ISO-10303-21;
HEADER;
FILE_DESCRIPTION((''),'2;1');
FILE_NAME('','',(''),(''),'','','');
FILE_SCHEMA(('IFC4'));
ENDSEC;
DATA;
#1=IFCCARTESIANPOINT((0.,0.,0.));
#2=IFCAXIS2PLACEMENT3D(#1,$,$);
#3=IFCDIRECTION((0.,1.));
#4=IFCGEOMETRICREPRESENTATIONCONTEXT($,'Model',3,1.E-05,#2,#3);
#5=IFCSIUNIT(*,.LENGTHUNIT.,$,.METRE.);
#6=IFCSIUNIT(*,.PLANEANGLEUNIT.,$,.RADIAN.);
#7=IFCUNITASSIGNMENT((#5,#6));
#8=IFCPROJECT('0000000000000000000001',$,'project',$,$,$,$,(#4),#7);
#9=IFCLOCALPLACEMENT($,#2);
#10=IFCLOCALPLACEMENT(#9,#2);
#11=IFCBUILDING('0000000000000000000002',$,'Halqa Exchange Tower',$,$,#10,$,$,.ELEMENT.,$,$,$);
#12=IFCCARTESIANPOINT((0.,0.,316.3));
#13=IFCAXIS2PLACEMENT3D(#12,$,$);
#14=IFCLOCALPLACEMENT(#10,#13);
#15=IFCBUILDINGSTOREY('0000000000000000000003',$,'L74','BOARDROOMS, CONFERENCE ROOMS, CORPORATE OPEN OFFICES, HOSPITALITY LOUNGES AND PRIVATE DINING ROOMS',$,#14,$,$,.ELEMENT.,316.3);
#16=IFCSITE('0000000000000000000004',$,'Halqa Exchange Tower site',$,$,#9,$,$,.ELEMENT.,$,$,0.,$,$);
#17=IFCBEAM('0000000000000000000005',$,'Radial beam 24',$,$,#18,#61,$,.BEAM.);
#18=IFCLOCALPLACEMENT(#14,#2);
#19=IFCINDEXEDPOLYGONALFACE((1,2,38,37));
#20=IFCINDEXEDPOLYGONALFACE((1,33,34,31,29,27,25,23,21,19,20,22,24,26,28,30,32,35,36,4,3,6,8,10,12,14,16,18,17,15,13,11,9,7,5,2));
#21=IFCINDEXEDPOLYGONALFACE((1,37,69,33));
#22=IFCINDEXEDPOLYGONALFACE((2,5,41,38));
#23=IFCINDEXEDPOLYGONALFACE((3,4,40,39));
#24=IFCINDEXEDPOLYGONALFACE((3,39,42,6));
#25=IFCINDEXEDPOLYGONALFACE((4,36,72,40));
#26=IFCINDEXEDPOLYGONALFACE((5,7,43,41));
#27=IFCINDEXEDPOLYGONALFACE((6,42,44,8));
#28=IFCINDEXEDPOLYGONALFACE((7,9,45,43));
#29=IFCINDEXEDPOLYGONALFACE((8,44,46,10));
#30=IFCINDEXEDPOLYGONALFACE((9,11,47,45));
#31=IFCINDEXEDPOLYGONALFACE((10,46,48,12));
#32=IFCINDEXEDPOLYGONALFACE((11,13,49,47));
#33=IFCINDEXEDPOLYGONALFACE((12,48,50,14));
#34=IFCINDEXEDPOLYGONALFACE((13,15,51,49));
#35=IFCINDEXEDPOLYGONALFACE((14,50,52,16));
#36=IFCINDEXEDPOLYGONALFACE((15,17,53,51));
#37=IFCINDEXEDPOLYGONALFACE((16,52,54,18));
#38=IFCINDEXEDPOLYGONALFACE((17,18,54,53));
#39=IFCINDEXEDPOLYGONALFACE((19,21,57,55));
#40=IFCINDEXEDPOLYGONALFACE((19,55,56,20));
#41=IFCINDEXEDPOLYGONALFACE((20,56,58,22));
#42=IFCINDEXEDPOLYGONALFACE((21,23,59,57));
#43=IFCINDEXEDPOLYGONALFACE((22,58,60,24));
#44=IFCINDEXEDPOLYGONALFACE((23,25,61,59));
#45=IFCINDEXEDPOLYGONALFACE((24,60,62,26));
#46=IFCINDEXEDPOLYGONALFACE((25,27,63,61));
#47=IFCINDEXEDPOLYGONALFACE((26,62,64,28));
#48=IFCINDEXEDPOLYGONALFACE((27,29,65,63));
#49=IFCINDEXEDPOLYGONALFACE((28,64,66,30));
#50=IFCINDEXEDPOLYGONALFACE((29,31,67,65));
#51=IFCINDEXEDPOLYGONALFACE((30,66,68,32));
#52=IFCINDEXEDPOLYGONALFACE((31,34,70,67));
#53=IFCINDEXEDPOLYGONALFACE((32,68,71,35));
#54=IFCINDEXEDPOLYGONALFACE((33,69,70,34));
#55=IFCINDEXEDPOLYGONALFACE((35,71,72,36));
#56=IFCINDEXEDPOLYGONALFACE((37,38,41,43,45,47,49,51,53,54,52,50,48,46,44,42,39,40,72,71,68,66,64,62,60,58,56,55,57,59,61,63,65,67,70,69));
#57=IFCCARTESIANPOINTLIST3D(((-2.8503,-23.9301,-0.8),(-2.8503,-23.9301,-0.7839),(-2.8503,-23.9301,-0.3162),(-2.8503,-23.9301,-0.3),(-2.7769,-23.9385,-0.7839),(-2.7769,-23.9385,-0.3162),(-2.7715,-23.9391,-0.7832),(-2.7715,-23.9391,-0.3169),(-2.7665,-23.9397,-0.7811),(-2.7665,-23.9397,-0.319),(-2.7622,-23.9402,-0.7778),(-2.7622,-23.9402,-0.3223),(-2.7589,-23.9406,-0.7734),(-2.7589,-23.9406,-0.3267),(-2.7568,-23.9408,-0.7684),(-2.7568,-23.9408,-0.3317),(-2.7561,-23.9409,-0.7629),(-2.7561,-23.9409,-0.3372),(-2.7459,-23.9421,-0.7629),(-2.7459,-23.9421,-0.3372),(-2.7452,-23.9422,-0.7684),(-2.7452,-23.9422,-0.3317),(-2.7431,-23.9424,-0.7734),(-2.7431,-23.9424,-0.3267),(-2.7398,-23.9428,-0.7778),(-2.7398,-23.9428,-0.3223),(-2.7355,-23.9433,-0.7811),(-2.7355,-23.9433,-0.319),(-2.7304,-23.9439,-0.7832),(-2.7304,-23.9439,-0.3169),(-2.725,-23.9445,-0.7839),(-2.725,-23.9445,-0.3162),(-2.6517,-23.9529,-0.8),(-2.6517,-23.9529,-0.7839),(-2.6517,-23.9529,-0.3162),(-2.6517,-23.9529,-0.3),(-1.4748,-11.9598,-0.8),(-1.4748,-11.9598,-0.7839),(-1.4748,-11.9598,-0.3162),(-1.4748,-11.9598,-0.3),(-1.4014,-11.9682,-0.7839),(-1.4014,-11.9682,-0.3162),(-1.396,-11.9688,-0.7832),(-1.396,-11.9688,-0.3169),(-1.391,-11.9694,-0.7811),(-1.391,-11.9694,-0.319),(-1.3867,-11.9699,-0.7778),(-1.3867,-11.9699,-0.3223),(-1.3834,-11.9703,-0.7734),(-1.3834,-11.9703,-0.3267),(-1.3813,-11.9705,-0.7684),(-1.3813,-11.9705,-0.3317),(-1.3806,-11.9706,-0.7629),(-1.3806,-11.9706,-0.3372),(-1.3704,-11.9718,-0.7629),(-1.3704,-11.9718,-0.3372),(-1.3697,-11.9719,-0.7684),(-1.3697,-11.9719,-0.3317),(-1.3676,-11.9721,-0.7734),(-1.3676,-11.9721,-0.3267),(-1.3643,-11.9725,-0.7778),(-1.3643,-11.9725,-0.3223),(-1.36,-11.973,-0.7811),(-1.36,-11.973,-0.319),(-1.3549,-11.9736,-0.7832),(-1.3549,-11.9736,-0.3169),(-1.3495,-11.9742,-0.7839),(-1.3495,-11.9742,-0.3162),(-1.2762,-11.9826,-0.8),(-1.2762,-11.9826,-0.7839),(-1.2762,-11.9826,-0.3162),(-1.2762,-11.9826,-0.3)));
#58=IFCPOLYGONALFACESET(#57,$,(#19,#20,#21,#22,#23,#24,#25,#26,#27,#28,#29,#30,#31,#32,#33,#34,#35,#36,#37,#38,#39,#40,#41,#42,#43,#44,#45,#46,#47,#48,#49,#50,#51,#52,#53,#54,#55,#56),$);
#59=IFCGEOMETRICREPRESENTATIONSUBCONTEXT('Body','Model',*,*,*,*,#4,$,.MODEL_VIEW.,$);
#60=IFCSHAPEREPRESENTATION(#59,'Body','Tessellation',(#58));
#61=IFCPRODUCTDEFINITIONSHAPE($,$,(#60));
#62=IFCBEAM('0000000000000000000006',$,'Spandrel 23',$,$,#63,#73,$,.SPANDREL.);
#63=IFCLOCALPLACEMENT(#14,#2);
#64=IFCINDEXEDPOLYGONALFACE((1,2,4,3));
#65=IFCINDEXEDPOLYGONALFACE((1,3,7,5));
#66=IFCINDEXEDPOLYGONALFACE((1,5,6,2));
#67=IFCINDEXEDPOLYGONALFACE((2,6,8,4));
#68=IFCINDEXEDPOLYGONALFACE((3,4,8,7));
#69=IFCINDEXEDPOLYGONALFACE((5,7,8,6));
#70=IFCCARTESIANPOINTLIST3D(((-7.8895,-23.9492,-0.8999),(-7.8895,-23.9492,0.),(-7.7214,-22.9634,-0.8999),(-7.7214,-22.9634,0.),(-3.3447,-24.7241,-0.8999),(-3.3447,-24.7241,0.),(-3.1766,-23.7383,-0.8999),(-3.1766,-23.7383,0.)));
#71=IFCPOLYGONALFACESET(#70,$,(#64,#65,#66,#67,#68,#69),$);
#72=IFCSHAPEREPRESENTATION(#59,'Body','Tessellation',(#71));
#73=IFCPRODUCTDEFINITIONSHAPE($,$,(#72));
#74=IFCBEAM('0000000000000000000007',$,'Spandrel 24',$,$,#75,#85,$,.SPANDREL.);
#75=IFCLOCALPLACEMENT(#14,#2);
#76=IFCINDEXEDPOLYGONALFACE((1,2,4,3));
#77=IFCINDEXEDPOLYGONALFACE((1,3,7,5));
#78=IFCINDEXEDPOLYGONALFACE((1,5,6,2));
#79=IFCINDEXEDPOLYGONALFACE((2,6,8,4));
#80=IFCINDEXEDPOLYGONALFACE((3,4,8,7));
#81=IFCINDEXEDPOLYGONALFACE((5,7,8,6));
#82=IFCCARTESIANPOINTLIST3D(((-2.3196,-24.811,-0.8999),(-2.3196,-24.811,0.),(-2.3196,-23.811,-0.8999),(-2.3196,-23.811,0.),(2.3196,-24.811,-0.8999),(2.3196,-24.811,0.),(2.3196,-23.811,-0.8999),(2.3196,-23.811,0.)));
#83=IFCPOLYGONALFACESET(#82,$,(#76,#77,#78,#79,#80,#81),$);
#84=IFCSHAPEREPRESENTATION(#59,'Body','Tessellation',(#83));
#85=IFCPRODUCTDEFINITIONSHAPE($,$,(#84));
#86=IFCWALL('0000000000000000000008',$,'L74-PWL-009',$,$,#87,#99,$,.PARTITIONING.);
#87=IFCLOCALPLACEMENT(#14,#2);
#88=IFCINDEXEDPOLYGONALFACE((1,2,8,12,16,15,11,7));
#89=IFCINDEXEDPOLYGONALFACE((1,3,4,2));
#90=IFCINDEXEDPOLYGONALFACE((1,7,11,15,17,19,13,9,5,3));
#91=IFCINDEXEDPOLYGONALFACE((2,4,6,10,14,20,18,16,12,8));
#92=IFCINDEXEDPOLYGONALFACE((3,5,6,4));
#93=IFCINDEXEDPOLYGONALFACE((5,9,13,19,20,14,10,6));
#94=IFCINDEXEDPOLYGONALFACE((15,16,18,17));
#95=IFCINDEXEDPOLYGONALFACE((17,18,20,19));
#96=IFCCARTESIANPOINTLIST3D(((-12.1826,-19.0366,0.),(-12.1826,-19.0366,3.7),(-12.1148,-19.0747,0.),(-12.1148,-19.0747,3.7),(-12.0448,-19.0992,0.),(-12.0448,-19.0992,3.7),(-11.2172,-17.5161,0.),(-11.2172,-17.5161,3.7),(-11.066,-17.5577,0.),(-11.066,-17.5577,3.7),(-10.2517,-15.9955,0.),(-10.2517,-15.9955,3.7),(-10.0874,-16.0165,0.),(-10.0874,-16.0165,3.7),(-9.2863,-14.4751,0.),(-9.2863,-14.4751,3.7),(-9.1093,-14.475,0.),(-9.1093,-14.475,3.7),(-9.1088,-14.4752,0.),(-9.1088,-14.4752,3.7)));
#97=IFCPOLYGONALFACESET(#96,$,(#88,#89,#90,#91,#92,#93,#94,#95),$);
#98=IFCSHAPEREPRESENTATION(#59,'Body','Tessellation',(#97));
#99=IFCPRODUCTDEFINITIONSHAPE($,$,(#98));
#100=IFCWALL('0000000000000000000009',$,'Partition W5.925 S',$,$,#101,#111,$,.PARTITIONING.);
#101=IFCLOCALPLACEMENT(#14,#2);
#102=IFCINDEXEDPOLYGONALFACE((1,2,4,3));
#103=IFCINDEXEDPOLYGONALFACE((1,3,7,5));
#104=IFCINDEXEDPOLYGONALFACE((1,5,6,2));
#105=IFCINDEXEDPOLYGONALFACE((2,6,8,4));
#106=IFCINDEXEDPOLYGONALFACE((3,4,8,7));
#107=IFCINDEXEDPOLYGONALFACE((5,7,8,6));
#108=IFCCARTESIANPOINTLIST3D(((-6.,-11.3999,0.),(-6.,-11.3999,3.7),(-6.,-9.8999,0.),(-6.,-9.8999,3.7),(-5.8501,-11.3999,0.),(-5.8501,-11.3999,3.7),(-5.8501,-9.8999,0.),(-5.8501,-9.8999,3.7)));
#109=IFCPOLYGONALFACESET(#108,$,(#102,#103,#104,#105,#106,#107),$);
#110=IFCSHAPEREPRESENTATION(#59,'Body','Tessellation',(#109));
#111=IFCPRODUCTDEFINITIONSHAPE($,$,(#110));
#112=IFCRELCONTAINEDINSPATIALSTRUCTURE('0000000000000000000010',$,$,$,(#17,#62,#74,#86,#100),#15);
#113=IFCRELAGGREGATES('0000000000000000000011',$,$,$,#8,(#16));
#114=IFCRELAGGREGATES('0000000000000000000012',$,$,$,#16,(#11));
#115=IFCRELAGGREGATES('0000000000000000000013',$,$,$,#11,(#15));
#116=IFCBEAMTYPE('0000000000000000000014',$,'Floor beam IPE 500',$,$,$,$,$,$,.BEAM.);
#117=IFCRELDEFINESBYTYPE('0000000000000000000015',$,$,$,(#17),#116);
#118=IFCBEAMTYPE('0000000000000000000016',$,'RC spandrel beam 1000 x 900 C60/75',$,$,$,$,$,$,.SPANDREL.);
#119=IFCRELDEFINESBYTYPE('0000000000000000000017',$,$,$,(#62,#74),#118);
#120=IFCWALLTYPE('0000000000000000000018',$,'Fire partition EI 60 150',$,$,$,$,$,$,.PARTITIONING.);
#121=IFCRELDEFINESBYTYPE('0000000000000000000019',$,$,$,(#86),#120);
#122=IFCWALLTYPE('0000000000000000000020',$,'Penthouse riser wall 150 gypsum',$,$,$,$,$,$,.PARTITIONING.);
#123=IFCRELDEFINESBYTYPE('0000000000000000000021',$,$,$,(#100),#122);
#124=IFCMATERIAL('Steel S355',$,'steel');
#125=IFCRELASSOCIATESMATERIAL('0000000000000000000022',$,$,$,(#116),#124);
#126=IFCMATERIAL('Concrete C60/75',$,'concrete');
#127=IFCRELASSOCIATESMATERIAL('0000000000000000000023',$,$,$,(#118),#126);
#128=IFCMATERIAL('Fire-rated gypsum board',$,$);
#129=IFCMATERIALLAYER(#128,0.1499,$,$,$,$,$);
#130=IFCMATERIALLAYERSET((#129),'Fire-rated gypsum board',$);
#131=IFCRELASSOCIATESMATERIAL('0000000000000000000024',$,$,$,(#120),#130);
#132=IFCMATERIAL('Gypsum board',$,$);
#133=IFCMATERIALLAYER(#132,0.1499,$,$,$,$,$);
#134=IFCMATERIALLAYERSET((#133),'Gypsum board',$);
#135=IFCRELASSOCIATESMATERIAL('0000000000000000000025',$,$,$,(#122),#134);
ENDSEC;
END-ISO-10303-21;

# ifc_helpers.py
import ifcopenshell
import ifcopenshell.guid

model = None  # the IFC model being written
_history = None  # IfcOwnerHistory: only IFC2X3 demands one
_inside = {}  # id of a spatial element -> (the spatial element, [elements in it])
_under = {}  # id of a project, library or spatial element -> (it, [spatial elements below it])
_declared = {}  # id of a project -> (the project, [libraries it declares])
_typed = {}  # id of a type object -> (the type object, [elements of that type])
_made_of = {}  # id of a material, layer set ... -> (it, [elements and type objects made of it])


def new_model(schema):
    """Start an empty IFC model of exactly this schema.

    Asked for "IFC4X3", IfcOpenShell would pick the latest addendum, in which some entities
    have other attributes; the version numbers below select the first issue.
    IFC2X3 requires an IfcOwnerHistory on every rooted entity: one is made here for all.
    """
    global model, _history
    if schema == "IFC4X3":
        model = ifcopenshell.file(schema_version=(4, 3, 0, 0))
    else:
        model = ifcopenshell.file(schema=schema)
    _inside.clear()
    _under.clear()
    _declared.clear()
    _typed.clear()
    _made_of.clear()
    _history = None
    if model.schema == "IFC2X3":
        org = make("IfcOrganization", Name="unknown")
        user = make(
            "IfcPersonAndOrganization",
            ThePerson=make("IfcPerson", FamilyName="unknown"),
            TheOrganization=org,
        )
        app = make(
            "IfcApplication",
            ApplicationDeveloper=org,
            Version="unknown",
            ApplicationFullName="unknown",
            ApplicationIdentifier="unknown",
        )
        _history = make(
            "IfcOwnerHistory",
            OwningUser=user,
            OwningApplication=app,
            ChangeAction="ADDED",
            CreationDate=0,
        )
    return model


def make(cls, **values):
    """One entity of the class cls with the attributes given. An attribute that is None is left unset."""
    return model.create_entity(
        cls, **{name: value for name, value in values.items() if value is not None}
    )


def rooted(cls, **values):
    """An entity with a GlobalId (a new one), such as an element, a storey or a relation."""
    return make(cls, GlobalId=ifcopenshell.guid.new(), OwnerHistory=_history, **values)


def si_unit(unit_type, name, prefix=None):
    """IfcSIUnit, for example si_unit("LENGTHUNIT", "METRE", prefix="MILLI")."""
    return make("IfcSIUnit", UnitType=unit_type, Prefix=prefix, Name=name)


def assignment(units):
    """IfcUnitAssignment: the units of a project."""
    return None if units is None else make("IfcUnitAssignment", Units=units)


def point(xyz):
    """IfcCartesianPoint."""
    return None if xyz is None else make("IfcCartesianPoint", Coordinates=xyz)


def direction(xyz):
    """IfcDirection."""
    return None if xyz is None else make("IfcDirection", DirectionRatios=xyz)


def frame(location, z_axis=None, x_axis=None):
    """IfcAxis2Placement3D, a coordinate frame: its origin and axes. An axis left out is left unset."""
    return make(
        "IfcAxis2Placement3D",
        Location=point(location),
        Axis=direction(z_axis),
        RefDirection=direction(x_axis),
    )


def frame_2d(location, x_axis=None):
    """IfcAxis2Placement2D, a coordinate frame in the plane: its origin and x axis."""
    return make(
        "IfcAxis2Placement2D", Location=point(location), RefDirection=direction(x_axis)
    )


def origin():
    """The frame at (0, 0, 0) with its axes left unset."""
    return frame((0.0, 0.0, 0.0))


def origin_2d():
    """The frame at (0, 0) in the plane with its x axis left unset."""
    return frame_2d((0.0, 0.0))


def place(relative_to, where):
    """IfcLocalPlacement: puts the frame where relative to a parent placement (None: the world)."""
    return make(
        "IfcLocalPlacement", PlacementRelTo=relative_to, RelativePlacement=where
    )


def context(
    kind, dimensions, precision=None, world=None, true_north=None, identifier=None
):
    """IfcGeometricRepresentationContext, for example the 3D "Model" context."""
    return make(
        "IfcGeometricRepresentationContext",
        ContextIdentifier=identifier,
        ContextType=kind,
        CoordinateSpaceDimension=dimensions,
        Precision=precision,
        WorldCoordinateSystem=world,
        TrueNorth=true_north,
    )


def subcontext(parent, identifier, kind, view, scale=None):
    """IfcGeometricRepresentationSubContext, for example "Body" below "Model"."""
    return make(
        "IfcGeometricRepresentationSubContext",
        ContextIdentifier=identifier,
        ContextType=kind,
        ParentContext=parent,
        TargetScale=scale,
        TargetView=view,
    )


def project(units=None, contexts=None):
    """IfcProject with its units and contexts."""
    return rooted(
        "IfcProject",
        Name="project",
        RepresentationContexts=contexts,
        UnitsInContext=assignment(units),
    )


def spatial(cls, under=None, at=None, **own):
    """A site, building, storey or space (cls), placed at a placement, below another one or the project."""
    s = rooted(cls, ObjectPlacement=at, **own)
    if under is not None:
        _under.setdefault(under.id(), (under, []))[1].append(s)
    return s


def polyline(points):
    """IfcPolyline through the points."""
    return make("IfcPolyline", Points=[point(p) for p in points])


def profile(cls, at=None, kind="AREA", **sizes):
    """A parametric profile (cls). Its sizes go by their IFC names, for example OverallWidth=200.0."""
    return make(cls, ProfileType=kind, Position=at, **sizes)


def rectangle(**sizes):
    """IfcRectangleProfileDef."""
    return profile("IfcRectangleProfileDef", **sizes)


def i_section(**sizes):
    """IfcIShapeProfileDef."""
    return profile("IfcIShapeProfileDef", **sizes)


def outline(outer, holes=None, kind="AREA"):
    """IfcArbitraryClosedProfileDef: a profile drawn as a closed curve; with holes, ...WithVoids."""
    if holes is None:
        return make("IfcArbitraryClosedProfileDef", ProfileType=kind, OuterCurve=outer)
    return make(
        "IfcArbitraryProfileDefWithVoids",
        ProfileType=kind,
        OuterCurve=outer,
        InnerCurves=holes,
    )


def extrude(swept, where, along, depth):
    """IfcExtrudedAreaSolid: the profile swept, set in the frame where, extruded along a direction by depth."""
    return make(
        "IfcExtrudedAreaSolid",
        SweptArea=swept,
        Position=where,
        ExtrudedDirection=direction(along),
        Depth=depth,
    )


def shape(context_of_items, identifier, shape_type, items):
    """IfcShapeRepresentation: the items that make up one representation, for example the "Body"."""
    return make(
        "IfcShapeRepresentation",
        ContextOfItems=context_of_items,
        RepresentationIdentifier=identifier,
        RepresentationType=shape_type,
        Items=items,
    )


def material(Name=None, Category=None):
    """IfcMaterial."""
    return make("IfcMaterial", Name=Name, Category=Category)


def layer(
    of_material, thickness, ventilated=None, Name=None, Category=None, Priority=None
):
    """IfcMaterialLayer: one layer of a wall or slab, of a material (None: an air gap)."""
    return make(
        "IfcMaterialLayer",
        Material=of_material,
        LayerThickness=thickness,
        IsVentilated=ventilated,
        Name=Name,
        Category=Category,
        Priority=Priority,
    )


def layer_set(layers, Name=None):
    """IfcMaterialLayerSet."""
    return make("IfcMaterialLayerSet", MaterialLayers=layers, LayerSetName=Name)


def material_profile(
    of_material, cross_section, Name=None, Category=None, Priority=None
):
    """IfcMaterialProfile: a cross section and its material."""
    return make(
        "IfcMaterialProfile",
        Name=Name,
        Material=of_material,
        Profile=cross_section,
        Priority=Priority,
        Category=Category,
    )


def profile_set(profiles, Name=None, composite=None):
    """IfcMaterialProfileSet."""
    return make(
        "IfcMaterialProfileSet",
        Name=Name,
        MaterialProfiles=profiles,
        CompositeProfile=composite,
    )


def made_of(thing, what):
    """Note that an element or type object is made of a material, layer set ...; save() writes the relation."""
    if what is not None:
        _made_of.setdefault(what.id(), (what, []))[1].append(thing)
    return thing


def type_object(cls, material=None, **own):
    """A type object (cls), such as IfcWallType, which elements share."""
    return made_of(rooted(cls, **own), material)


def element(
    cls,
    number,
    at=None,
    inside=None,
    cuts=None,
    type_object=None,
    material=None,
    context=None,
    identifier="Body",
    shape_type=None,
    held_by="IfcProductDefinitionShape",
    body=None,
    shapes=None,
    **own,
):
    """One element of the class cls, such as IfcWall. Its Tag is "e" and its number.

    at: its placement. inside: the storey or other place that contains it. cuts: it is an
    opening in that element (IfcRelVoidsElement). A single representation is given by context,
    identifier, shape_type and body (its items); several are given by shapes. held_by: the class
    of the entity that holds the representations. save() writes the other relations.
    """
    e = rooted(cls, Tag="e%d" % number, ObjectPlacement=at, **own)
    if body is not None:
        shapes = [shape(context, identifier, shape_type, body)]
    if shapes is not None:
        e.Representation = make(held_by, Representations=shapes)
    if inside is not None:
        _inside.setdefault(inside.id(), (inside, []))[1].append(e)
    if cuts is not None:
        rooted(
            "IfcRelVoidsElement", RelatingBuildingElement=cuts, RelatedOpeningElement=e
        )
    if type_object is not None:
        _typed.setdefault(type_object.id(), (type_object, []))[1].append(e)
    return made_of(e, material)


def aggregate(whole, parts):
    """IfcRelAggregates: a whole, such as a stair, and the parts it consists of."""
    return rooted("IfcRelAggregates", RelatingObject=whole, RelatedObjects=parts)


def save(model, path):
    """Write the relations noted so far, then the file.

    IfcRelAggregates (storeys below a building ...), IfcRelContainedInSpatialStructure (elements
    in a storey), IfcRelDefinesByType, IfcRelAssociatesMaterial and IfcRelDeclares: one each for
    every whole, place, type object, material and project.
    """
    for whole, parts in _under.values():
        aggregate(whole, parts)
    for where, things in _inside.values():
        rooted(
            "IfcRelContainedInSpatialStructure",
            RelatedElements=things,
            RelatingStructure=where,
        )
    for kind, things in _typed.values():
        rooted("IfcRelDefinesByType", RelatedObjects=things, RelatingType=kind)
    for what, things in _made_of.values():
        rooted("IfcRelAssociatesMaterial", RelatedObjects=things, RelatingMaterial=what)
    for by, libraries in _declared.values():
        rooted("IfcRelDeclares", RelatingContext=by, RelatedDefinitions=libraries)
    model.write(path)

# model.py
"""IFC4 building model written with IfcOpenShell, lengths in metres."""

from ifc_helpers import new_model, si_unit, direction, frame, frame_2d, origin, origin_2d, place, context, subcontext, project, spatial, polyline, rectangle, i_section, outline, extrude, material, layer, layer_set, material_profile, profile_set, type_object, element, save


model = new_model("IFC4")

# Units and contexts
model_context = context("Model", 3, precision=1e-05, world=origin(), true_north=direction((0.0, 1.0)))
body_context = subcontext(model_context, "Body", "Model", "MODEL_VIEW")
ifc_project = project(units=[si_unit("LENGTHUNIT", "METRE"), si_unit("PLANEANGLEUNIT", "RADIAN")], contexts=[model_context])

# Site, building, storey
site_placement = place(None, origin())
site = spatial("IfcSite", under=ifc_project, at=site_placement, Name="Halqa Exchange Tower site", CompositionType="ELEMENT", RefElevation=0.0)
building_placement = place(site_placement, origin())
building = spatial("IfcBuilding", under=site, at=building_placement, Name="Halqa Exchange Tower", CompositionType="ELEMENT")
storey_placement = place(building_placement, frame((0.0, 0.0, 316.3)))
storey = spatial("IfcBuildingStorey", under=building, at=storey_placement, Name="L74", Description="BOARDROOMS, CONFERENCE ROOMS, CORPORATE OPEN OFFICES, HOSPITALITY LOUNGES AND PRIVATE DINING ROOMS", CompositionType="ELEMENT", Elevation=316.3)

# Beams
ifc_material_1 = material(Name="Steel S355", Category="steel")
ifc_material_profile_1 = material_profile(ifc_material_1, i_section(OverallWidth=0.2, OverallDepth=0.5, WebThickness=0.0103, FlangeThickness=0.0161, FilletRadius=0.021, at=origin_2d()), Name="IPE 500")
ifc_profile_set_1 = profile_set([ifc_material_profile_1], Name="Steel S355")
beam_type_1 = type_object("IfcBeamType", Name="Floor beam IPE 500", PredefinedType="BEAM", material=ifc_profile_set_1)
beam_1_placement = place(storey_placement, frame((-1.3755, -11.9712, -0.55), z_axis=(-0.114158, -0.993463, 0.0), x_axis=(0.993463, -0.114158, 0.0)))
element("IfcBeam", 1, at=beam_1_placement, inside=storey, type_object=beam_type_1, Name="Radial beam 24", PredefinedType="BEAM", context=body_context, shape_type="SweptSolid", body=[
    extrude(i_section(OverallWidth=0.2, OverallDepth=0.5, WebThickness=0.0103, FlangeThickness=0.0161, FilletRadius=0.021, at=origin_2d()), origin(), (0.0, 0.0, 1.0), 12.0491),
])
ifc_material_2 = material(Name="Concrete C60/75", Category="concrete")
ifc_material_profile_2 = material_profile(ifc_material_2, rectangle(XDim=1.0, YDim=0.8999, at=origin_2d()), Name="1000 x 900")
ifc_profile_set_2 = profile_set([ifc_material_profile_2], Name="Concrete C60/75")
beam_type_2 = type_object("IfcBeamType", Name="RC spandrel beam 1000 x 900 C60/75", PredefinedType="SPANDREL", material=ifc_profile_set_2)
beam_2_placement = place(storey_placement, frame((-7.8054, -23.4563, -0.45), z_axis=(0.985773, -0.168082, 0.0), x_axis=(0.168082, 0.985773, 0.0)))
element("IfcBeam", 2, at=beam_2_placement, inside=storey, type_object=beam_type_2, Name="Spandrel 23", PredefinedType="SPANDREL", context=body_context, shape_type="SweptSolid", body=[
    extrude(rectangle(XDim=1.0, YDim=0.8999, at=origin_2d()), origin(), (0.0, 0.0, 1.0), 4.6104),
])
beam_3_placement = place(storey_placement, frame((-2.3196, -24.311, -0.45), z_axis=(1.0, 0.0, 0.0), x_axis=(0.0, 1.0, 0.0)))
element("IfcBeam", 3, at=beam_3_placement, inside=storey, type_object=beam_type_2, Name="Spandrel 24", PredefinedType="SPANDREL", context=body_context, shape_type="SweptSolid", body=[
    extrude(rectangle(XDim=1.0, YDim=0.8999, at=origin_2d()), origin(), (0.0, 0.0, 1.0), 4.6392),
])

# Walls
ifc_material_3 = material(Name="Fire-rated gypsum board")
ifc_layer_1 = layer(ifc_material_3, 0.1499)
ifc_layer_set_1 = layer_set([ifc_layer_1], Name="Fire-rated gypsum board")
wall_type_1 = type_object("IfcWallType", Name="Fire partition EI 60 150", PredefinedType="PARTITIONING", material=ifc_layer_set_1)
wall_1_placement = place(storey_placement, frame((-9.1721, -14.4351, 0.0), z_axis=(0.0, 0.0, 1.0), x_axis=(-0.536016, -0.844208, 0.0)))
element("IfcWall", 4, at=wall_1_placement, inside=storey, type_object=wall_type_1, Name="L74-PWL-009", PredefinedType="PARTITIONING", context=body_context, shape_type="SweptSolid", body=[
    extrude(outline(polyline([(0.095, -0.075), (1.896, -0.075), (3.6973, -0.075), (5.4983, -0.075), (5.4941, 0.0027), (5.4773, 0.075), (3.6514, 0.075), (1.8257, 0.075), (0.0, 0.075), (0.0, 0.0745), (0.095, -0.075)])), origin(), (0.0, 0.0, 1.0), 3.7),
])
ifc_material_4 = material(Name="Gypsum board")
ifc_layer_2 = layer(ifc_material_4, 0.1499)
ifc_layer_set_2 = layer_set([ifc_layer_2], Name="Gypsum board")
wall_type_2 = type_object("IfcWallType", Name="Penthouse riser wall 150 gypsum", PredefinedType="PARTITIONING", material=ifc_layer_set_2)
wall_2_placement = place(storey_placement, frame((-5.925, -11.3999, 0.0), z_axis=(0.0, 0.0, 1.0), x_axis=(0.0, 1.0, 0.0)))
element("IfcWall", 5, at=wall_2_placement, inside=storey, type_object=wall_type_2, Name="Partition W5.925 S", PredefinedType="PARTITIONING", context=body_context, shape_type="SweptSolid", body=[
    extrude(rectangle(XDim=1.5, YDim=0.1499, at=frame_2d((0.75, 0.0))), origin(), (0.0, 0.0, 1.0), 3.7),
])

save(model, "model.ifc")
